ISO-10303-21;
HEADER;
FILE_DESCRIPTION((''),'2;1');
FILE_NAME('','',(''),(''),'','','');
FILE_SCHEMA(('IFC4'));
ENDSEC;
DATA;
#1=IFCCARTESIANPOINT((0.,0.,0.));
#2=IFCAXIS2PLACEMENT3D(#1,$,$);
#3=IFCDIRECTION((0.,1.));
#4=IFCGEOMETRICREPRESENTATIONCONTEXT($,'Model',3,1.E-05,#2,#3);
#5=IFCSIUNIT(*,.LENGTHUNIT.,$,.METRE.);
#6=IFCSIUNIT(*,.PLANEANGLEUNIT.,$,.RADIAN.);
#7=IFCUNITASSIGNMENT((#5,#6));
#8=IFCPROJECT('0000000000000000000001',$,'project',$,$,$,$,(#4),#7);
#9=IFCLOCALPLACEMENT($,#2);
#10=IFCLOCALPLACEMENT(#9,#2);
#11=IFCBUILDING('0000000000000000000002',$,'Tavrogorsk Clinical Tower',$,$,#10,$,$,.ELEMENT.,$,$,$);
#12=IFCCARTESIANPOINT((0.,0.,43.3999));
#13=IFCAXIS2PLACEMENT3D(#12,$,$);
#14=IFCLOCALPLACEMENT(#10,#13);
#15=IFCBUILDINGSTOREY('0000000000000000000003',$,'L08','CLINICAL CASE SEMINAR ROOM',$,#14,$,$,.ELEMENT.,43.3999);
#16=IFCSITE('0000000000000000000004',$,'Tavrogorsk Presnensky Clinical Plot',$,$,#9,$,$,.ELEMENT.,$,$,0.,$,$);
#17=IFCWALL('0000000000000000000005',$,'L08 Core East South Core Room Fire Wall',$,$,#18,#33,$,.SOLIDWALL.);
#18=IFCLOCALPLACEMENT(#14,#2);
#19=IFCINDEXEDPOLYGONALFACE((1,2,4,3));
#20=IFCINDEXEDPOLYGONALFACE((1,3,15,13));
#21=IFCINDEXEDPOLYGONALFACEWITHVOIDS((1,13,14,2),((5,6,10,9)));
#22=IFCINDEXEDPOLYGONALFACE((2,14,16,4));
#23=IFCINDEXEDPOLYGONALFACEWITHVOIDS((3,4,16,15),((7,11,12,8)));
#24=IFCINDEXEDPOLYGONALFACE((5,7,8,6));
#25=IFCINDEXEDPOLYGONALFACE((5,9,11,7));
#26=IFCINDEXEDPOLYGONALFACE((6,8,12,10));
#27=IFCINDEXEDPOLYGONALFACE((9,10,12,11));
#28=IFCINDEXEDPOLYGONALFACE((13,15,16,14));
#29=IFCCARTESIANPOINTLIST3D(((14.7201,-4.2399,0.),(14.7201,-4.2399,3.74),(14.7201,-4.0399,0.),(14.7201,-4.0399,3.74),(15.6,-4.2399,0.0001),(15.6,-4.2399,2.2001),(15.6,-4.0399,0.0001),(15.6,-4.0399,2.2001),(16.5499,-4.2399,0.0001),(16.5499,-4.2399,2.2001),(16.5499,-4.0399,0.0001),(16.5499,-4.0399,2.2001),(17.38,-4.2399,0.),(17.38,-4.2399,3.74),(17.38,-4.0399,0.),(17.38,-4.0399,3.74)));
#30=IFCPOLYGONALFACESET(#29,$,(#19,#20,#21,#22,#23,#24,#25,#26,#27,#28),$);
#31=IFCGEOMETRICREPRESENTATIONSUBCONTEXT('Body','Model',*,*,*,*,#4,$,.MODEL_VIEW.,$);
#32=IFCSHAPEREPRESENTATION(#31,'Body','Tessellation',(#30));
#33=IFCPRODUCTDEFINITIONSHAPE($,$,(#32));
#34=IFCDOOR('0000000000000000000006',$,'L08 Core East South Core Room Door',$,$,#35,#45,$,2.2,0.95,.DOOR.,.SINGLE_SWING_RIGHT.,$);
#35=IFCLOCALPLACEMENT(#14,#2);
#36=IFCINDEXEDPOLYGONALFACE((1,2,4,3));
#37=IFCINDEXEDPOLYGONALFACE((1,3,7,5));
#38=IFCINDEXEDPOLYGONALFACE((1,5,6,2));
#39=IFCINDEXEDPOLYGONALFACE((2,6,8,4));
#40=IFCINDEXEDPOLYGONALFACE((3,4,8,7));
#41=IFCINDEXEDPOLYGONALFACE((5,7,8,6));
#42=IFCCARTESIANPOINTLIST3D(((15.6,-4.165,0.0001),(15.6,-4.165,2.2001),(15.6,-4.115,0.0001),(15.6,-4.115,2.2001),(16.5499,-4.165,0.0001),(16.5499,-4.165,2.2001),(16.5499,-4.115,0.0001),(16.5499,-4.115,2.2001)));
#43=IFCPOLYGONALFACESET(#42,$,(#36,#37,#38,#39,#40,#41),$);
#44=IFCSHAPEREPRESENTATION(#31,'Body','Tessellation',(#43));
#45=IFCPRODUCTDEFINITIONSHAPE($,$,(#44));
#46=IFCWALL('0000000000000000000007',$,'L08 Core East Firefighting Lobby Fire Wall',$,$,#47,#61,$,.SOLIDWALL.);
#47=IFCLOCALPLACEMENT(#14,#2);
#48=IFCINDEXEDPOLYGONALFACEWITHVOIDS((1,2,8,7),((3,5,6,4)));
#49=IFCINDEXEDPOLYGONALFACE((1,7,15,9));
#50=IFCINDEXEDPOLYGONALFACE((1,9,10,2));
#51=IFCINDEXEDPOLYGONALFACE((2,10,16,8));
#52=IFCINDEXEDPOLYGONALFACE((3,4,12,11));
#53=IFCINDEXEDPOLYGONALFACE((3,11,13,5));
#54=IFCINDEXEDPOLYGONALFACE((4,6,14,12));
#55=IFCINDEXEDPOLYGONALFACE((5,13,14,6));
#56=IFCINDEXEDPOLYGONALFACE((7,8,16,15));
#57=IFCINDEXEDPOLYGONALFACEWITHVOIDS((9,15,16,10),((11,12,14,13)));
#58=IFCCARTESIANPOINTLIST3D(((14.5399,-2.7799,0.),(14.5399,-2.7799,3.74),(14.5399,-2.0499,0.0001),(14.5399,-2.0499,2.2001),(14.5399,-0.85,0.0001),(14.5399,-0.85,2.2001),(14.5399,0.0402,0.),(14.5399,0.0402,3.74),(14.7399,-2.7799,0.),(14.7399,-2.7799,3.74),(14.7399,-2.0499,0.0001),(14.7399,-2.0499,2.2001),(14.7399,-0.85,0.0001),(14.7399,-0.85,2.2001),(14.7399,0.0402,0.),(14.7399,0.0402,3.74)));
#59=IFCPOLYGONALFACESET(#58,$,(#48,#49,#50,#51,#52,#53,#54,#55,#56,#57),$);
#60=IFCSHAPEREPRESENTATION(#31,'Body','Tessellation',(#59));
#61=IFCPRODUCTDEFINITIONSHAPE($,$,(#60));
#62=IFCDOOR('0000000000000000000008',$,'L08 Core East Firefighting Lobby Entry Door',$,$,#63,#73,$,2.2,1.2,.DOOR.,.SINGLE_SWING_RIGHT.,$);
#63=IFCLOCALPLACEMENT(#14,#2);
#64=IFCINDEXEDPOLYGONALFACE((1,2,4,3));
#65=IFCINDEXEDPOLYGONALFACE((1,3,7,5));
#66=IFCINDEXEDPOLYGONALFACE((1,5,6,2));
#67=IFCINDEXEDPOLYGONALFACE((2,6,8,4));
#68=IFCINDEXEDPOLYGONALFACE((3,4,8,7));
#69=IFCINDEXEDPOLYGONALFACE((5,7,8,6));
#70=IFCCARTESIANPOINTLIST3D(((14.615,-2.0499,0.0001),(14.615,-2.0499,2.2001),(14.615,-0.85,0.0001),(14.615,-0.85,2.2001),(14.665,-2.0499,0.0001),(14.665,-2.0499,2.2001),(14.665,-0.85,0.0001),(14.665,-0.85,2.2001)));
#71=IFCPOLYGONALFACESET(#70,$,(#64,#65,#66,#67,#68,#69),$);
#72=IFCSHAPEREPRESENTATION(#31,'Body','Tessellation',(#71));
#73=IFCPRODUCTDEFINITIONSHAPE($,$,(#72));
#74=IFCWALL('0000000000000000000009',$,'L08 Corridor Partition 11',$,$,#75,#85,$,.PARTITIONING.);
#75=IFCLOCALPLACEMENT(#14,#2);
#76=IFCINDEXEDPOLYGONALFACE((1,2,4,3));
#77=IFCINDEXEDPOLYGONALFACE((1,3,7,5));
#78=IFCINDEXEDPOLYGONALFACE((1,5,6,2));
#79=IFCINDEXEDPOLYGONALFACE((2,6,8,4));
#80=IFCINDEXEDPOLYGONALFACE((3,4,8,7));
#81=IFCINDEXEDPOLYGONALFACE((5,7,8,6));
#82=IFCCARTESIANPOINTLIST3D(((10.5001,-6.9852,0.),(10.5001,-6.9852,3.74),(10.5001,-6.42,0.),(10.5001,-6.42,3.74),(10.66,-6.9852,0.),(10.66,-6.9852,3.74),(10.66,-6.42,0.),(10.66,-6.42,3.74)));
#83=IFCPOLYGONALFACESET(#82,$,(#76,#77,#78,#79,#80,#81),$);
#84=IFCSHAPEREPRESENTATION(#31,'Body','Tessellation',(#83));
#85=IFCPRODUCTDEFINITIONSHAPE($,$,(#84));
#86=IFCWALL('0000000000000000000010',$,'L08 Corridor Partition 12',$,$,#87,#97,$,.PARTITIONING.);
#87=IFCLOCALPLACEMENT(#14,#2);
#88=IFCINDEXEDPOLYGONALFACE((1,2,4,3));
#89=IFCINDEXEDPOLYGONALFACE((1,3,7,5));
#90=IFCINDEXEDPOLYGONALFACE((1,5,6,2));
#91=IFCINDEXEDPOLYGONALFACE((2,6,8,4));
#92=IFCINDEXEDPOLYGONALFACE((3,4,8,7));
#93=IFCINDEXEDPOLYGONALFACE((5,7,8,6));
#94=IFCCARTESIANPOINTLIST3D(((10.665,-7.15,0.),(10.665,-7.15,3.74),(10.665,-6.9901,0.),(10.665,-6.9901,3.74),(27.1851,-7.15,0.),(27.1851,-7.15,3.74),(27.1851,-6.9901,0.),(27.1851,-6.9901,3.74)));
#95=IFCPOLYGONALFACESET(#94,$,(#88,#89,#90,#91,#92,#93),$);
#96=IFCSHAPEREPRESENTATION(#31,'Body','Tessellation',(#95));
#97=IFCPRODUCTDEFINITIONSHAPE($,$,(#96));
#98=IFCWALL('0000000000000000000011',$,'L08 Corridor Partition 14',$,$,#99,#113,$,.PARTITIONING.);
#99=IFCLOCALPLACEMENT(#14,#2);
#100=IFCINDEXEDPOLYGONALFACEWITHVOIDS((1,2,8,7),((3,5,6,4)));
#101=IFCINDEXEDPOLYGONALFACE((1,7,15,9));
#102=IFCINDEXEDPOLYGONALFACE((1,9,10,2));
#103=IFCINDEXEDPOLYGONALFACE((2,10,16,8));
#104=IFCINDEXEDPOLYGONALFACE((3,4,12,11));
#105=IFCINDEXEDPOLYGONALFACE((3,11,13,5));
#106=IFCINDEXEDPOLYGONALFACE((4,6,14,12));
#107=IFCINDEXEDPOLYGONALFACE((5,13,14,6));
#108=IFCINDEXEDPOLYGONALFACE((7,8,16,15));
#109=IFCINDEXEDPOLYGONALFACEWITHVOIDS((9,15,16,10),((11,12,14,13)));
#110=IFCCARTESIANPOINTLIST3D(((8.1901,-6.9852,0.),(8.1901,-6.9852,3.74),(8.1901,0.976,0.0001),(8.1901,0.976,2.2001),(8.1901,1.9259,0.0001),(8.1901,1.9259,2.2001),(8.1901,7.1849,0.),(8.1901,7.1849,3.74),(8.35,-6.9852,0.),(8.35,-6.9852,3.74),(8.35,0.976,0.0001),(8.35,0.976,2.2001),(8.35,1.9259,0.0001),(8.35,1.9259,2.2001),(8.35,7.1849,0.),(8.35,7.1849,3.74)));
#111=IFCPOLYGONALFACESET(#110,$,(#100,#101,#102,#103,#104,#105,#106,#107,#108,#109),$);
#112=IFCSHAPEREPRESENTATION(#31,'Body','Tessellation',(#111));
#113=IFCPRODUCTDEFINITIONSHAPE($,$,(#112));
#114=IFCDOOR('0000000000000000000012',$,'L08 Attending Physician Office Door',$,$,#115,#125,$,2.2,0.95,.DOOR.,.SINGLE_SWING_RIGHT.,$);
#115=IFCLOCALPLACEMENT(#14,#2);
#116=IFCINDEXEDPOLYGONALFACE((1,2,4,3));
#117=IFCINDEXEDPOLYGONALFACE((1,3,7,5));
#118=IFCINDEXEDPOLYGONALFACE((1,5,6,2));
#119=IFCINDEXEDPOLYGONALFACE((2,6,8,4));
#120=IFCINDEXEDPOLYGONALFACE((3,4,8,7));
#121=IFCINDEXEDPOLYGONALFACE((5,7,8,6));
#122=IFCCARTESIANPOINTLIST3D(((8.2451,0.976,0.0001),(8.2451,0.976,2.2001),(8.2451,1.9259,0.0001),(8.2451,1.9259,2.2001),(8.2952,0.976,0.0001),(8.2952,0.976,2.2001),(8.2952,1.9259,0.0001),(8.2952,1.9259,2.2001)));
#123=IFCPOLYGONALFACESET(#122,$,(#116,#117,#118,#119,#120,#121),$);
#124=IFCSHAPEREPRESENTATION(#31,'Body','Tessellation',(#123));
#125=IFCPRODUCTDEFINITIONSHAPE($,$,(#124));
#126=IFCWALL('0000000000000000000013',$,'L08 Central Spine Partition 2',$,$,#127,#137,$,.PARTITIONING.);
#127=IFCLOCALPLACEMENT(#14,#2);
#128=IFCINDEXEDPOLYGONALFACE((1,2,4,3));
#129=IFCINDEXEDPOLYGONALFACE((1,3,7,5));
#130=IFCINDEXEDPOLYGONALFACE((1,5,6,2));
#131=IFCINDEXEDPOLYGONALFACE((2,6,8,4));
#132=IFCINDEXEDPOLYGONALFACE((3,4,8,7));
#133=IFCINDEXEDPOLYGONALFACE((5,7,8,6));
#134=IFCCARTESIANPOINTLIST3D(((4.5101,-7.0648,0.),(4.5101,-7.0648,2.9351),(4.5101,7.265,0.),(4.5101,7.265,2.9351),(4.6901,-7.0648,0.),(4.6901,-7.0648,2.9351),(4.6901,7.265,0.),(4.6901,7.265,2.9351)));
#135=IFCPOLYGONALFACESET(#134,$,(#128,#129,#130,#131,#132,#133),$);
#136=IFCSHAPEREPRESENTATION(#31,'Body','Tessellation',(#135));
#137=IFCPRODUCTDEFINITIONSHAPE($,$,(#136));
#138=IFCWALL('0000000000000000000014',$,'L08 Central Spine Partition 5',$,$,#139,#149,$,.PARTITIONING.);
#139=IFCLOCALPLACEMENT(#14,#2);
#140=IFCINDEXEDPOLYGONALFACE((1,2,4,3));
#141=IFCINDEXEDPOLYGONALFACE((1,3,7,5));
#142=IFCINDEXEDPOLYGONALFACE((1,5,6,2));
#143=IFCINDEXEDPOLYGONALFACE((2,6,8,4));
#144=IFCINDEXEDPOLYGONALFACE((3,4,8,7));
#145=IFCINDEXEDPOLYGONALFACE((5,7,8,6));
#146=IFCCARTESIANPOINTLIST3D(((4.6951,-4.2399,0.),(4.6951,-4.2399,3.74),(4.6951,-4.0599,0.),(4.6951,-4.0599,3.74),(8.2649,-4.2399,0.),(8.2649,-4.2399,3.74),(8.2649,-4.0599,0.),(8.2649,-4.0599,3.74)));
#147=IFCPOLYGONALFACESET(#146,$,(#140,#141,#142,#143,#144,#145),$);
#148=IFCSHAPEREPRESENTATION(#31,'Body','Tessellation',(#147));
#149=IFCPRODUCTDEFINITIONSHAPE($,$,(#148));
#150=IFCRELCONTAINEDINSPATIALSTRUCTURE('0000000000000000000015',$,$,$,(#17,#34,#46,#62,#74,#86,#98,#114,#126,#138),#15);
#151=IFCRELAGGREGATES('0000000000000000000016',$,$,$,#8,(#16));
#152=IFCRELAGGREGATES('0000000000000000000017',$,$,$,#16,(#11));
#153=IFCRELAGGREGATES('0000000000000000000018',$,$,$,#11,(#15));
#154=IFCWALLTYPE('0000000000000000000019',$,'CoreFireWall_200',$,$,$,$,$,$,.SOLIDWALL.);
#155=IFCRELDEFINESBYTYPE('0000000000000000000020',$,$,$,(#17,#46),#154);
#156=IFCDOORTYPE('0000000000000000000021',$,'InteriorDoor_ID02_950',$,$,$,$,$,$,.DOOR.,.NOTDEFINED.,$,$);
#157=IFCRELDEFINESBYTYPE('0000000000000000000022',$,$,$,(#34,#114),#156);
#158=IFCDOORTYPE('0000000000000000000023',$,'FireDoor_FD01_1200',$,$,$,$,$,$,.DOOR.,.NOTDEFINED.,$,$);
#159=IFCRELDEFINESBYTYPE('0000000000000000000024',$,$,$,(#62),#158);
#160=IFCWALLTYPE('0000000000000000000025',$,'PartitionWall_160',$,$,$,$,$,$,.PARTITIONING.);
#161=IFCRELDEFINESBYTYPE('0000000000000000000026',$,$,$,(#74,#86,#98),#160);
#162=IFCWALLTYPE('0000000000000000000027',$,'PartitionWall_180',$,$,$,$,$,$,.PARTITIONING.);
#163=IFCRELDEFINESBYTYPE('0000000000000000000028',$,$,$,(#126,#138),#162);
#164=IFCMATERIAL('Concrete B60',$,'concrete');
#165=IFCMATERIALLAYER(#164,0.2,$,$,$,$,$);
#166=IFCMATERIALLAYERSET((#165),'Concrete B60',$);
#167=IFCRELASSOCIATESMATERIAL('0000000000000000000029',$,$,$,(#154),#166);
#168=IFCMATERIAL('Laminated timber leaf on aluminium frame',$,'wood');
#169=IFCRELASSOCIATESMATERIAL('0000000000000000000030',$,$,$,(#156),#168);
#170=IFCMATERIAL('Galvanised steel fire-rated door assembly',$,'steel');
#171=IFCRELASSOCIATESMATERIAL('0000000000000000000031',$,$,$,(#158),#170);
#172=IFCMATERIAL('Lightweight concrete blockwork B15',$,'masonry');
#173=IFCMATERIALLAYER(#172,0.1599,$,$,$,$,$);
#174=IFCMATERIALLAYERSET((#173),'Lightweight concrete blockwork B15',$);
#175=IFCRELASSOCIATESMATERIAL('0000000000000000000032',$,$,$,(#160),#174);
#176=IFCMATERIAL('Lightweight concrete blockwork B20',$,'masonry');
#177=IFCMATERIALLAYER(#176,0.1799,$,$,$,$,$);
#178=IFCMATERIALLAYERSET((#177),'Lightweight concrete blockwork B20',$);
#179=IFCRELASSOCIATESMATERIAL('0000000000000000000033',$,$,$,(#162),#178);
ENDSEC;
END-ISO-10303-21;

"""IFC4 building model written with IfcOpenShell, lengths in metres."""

from ifc_helpers import new_model, si_unit, direction, frame, frame_2d, origin, place, context, subcontext, project, spatial, rectangle, extrude, material, layer, layer_set, type_object, element, fill, save


model = new_model("IFC4")

# Units and contexts
model_context = context("Model", 3, precision=1e-05, world=origin(), true_north=direction((0.0, 1.0)))
body_context = subcontext(model_context, "Body", "Model", "MODEL_VIEW")
ifc_project = project(units=[si_unit("LENGTHUNIT", "METRE"), si_unit("PLANEANGLEUNIT", "RADIAN")], contexts=[model_context])

# Site, building, storey
site_placement = place(None, origin())
site = spatial("IfcSite", under=ifc_project, at=site_placement, Name="Tavrogorsk Presnensky Clinical Plot", CompositionType="ELEMENT", RefElevation=0.0)
building_placement = place(site_placement, origin())
building = spatial("IfcBuilding", under=site, at=building_placement, Name="Tavrogorsk Clinical Tower", CompositionType="ELEMENT")
storey_placement = place(building_placement, frame((0.0, 0.0, 43.3999)))
storey = spatial("IfcBuildingStorey", under=building, at=storey_placement, Name="L08", Description="CLINICAL CASE SEMINAR ROOM", CompositionType="ELEMENT", Elevation=43.3999)

# Walls, openings, doors
ifc_material_1 = material(Name="Concrete B60", Category="concrete")
ifc_layer_1 = layer(ifc_material_1, 0.2)
ifc_layer_set_1 = layer_set([ifc_layer_1], Name="Concrete B60")
wall_type_1 = type_object("IfcWallType", Name="CoreFireWall_200", PredefinedType="SOLIDWALL", material=ifc_layer_set_1)
wall_1_placement = place(storey_placement, frame((14.72, -4.1399, 0.0), z_axis=(0.0, 0.0, 1.0), x_axis=(1.0, 0.0, 0.0)))
wall_1 = element("IfcWall", 1, at=wall_1_placement, inside=storey, type_object=wall_type_1, Name="L08 Core East South Core Room Fire Wall", PredefinedType="SOLIDWALL", context=body_context, shape_type="SweptSolid", body=[
    extrude(rectangle(XDim=2.6599, YDim=0.2, at=frame_2d((1.3301, 0.0))), origin(), (0.0, 0.0, 1.0), 3.74),
])
opening_1_placement = place(wall_1_placement, frame((0.8799, 0.0, 0.0)))
opening_1 = element("IfcOpeningElement", 2, at=opening_1_placement, cuts=wall_1, PredefinedType="OPENING", context=body_context, shape_type="SweptSolid", body=[
    extrude(rectangle(XDim=0.95, YDim=2.2, at=frame_2d((0.4751, 1.1001))), frame((0.0, 0.1099, 0.0), z_axis=(0.0, -1.0, 0.0), x_axis=(1.0, 0.0, 0.0)), (0.0, 0.0, 1.0), 0.22),
])
ifc_material_2 = material(Name="Laminated timber leaf on aluminium frame", Category="wood")
door_type_1 = type_object("IfcDoorType", Name="InteriorDoor_ID02_950", OperationType="NOTDEFINED", PredefinedType="DOOR", material=ifc_material_2)
door_1_placement = place(opening_1_placement, origin())
door_1 = element("IfcDoor", 3, at=door_1_placement, inside=storey, type_object=door_type_1, Name="L08 Core East South Core Room Door", OperationType="SINGLE_SWING_RIGHT", OverallHeight=2.2, OverallWidth=0.95, PredefinedType="DOOR", context=body_context, shape_type="SweptSolid", body=[
    extrude(rectangle(XDim=0.95, YDim=2.2, at=frame_2d((0.4751, 1.1001))), frame((0.0, 0.0249, 0.0), z_axis=(0.0, -1.0, 0.0), x_axis=(1.0, 0.0, 0.0)), (0.0, 0.0, 1.0), 0.05),
])
fill(opening_1, door_1)
wall_2_placement = place(storey_placement, frame((14.6399, -2.78, 0.0), z_axis=(0.0, 0.0, 1.0), x_axis=(0.0, 1.0, 0.0)))
wall_2 = element("IfcWall", 4, at=wall_2_placement, inside=storey, type_object=wall_type_1, Name="L08 Core East Firefighting Lobby Fire Wall", PredefinedType="SOLIDWALL", context=body_context, shape_type="SweptSolid", body=[
    extrude(rectangle(XDim=2.8201, YDim=0.2, at=frame_2d((1.4102, 0.0))), origin(), (0.0, 0.0, 1.0), 3.74),
])
opening_2_placement = place(wall_2_placement, frame((0.73, 0.0, 0.0)))
opening_2 = element("IfcOpeningElement", 5, at=opening_2_placement, cuts=wall_2, PredefinedType="OPENING", context=body_context, shape_type="SweptSolid", body=[
    extrude(rectangle(XDim=1.2, YDim=2.2, at=frame_2d((0.6001, 1.1001))), frame((0.0, 0.1099, 0.0), z_axis=(0.0, -1.0, 0.0), x_axis=(1.0, 0.0, 0.0)), (0.0, 0.0, 1.0), 0.22),
])
ifc_material_3 = material(Name="Galvanised steel fire-rated door assembly", Category="steel")
door_type_2 = type_object("IfcDoorType", Name="FireDoor_FD01_1200", OperationType="NOTDEFINED", PredefinedType="DOOR", material=ifc_material_3)
door_2_placement = place(opening_2_placement, origin())
door_2 = element("IfcDoor", 6, at=door_2_placement, inside=storey, type_object=door_type_2, Name="L08 Core East Firefighting Lobby Entry Door", OperationType="SINGLE_SWING_RIGHT", OverallHeight=2.2, OverallWidth=1.2, PredefinedType="DOOR", context=body_context, shape_type="SweptSolid", body=[
    extrude(rectangle(XDim=1.2, YDim=2.2, at=frame_2d((0.6001, 1.1001))), frame((0.0, 0.0249, 0.0), z_axis=(0.0, -1.0, 0.0), x_axis=(1.0, 0.0, 0.0)), (0.0, 0.0, 1.0), 0.05),
])
fill(opening_2, door_2)

# Walls
ifc_material_4 = material(Name="Lightweight concrete blockwork B15", Category="masonry")
ifc_layer_2 = layer(ifc_material_4, 0.1599)
ifc_layer_set_2 = layer_set([ifc_layer_2], Name="Lightweight concrete blockwork B15")
wall_type_2 = type_object("IfcWallType", Name="PartitionWall_160", PredefinedType="PARTITIONING", material=ifc_layer_set_2)
wall_3_placement = place(storey_placement, frame((10.5801, -6.4199, 0.0), z_axis=(0.0, 0.0, 1.0), x_axis=(0.0, -1.0, 0.0)))
element("IfcWall", 7, at=wall_3_placement, inside=storey, type_object=wall_type_2, Name="L08 Corridor Partition 11", PredefinedType="PARTITIONING", context=body_context, shape_type="SweptSolid", body=[
    extrude(rectangle(XDim=0.5652, YDim=0.1599, at=frame_2d((0.2827, 0.0))), origin(), (0.0, 0.0, 1.0), 3.74),
])
wall_4_placement = place(storey_placement, frame((10.665, -7.0701, 0.0), z_axis=(0.0, 0.0, 1.0), x_axis=(1.0, 0.0, 0.0)))
element("IfcWall", 8, at=wall_4_placement, inside=storey, type_object=wall_type_2, Name="L08 Corridor Partition 12", PredefinedType="PARTITIONING", context=body_context, shape_type="SweptSolid", body=[
    extrude(rectangle(XDim=16.52, YDim=0.1599, at=frame_2d((8.26, 0.0))), origin(), (0.0, 0.0, 1.0), 3.74),
])

# Wall, opening, door
wall_5_placement = place(storey_placement, frame((8.27, -6.9851, 0.0), z_axis=(0.0, 0.0, 1.0), x_axis=(0.0, 1.0, 0.0)))
wall_5 = element("IfcWall", 9, at=wall_5_placement, inside=storey, type_object=wall_type_2, Name="L08 Corridor Partition 14", PredefinedType="PARTITIONING", context=body_context, shape_type="SweptSolid", body=[
    extrude(rectangle(XDim=14.1702, YDim=0.1599, at=frame_2d((7.085, 0.0))), origin(), (0.0, 0.0, 1.0), 3.74),
])
opening_3_placement = place(wall_5_placement, frame((7.9609, 0.0, 0.0)))
opening_3 = element("IfcOpeningElement", 10, at=opening_3_placement, cuts=wall_5, PredefinedType="OPENING", context=body_context, shape_type="SweptSolid", body=[
    extrude(rectangle(XDim=0.95, YDim=2.2, at=frame_2d((0.4751, 1.1001))), frame((0.0, 0.0898, 0.0), z_axis=(0.0, -1.0, 0.0), x_axis=(1.0, 0.0, 0.0)), (0.0, 0.0, 1.0), 0.1799),
])
door_3_placement = place(opening_3_placement, origin())
door_3 = element("IfcDoor", 11, at=door_3_placement, inside=storey, type_object=door_type_1, Name="L08 Attending Physician Office Door", OperationType="SINGLE_SWING_RIGHT", OverallHeight=2.2, OverallWidth=0.95, PredefinedType="DOOR", context=body_context, shape_type="SweptSolid", body=[
    extrude(rectangle(XDim=0.95, YDim=2.2, at=frame_2d((0.4751, 1.1001))), frame((0.0, 0.0249, 0.0), z_axis=(0.0, -1.0, 0.0), x_axis=(1.0, 0.0, 0.0)), (0.0, 0.0, 1.0), 0.05),
])
fill(opening_3, door_3)

# Walls
ifc_material_5 = material(Name="Lightweight concrete blockwork B20", Category="masonry")
ifc_layer_3 = layer(ifc_material_5, 0.1799)
ifc_layer_set_3 = layer_set([ifc_layer_3], Name="Lightweight concrete blockwork B20")
wall_type_3 = type_object("IfcWallType", Name="PartitionWall_180", PredefinedType="PARTITIONING", material=ifc_layer_set_3)
wall_6_placement = place(storey_placement, frame((4.6001, -7.0649, 0.0), z_axis=(0.0, 0.0, 1.0), x_axis=(0.0, 1.0, 0.0)))
element("IfcWall", 12, at=wall_6_placement, inside=storey, type_object=wall_type_3, Name="L08 Central Spine Partition 2", PredefinedType="PARTITIONING", context=body_context, shape_type="SweptSolid", body=[
    extrude(rectangle(XDim=14.3298, YDim=0.1799, at=frame_2d((7.165, 0.0))), origin(), (0.0, 0.0, 1.0), 2.9351),
])
wall_7_placement = place(storey_placement, frame((4.6951, -4.1499, 0.0), z_axis=(0.0, 0.0, 1.0), x_axis=(1.0, 0.0, 0.0)))
element("IfcWall", 13, at=wall_7_placement, inside=storey, type_object=wall_type_3, Name="L08 Central Spine Partition 5", PredefinedType="PARTITIONING", context=body_context, shape_type="SweptSolid", body=[
    extrude(rectangle(XDim=3.5698, YDim=0.1799, at=frame_2d((1.7849, 0.0))), origin(), (0.0, 0.0, 1.0), 3.74),
])

save(model, "model.ifc")
